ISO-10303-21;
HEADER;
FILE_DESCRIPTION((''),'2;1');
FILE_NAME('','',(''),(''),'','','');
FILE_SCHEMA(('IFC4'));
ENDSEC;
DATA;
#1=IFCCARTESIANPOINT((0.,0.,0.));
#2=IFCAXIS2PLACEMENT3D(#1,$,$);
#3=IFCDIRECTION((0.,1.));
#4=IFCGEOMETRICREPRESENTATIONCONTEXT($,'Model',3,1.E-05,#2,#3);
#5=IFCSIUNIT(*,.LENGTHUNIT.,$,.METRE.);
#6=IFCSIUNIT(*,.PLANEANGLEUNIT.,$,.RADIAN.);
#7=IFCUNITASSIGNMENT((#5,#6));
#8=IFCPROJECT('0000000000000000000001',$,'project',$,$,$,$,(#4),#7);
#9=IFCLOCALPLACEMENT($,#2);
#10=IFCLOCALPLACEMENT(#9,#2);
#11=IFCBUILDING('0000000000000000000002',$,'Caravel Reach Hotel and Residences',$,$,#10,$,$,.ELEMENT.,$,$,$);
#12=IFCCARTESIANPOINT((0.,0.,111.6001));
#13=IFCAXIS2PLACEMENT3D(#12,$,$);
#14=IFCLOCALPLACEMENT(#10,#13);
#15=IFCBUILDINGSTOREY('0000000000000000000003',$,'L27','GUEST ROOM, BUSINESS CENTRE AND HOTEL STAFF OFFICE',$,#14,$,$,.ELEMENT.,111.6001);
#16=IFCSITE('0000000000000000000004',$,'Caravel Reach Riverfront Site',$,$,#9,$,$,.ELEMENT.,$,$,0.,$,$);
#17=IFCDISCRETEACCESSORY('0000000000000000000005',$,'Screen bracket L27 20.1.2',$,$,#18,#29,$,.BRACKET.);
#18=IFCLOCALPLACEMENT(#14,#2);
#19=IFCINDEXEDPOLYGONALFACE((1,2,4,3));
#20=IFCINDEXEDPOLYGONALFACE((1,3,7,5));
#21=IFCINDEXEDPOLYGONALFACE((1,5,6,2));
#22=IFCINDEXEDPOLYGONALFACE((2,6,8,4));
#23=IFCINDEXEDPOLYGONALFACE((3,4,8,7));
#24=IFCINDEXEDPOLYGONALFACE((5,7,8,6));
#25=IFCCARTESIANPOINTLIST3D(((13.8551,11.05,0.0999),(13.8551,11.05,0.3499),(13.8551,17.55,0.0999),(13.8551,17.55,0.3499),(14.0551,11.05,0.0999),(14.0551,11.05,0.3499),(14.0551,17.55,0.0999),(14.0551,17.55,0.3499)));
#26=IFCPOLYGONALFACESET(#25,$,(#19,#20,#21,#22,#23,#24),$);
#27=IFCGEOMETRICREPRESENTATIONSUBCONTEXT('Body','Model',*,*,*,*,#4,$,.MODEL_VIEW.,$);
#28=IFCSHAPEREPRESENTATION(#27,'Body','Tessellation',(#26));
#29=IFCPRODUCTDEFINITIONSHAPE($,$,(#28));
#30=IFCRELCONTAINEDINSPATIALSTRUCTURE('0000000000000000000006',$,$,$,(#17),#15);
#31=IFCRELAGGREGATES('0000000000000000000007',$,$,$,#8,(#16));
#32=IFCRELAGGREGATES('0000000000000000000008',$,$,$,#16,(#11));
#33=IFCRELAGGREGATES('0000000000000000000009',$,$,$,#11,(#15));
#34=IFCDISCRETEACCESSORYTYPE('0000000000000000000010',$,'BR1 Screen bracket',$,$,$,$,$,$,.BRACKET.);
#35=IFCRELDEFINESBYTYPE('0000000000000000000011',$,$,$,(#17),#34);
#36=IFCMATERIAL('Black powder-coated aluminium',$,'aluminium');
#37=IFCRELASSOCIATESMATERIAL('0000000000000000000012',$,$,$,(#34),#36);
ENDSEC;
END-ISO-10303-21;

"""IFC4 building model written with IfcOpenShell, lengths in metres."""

from ifc_helpers import new_model, si_unit, direction, frame, origin, origin_2d, place, context, subcontext, project, spatial, rectangle, extrude, material, type_object, element, save


model = new_model("IFC4")

# Units and contexts
model_context = context("Model", 3, precision=1e-05, world=origin(), true_north=direction((0.0, 1.0)))
body_context = subcontext(model_context, "Body", "Model", "MODEL_VIEW")
ifc_project = project(units=[si_unit("LENGTHUNIT", "METRE"), si_unit("PLANEANGLEUNIT", "RADIAN")], contexts=[model_context])

# Site, building, storey
site_placement = place(None, origin())
site = spatial("IfcSite", under=ifc_project, at=site_placement, Name="Caravel Reach Riverfront Site", CompositionType="ELEMENT", RefElevation=0.0)
building_placement = place(site_placement, origin())
building = spatial("IfcBuilding", under=site, at=building_placement, Name="Caravel Reach Hotel and Residences", CompositionType="ELEMENT")
storey_placement = place(building_placement, frame((0.0, 0.0, 111.6001)))
storey = spatial("IfcBuildingStorey", under=building, at=storey_placement, Name="L27", Description="GUEST ROOM, BUSINESS CENTRE AND HOTEL STAFF OFFICE", CompositionType="ELEMENT", Elevation=111.6001)

# Discrete accessory
ifc_material_1 = material(Name="Black powder-coated aluminium", Category="aluminium")
discrete_accessory_type = type_object("IfcDiscreteAccessoryType", Name="BR1 Screen bracket", PredefinedType="BRACKET", material=ifc_material_1)
discrete_accessory_1_placement = place(storey_placement, frame((13.9551, 14.3, 0.0999), z_axis=(0.0, 0.0, 1.0), x_axis=(0.0, -1.0, 0.0)))
element("IfcDiscreteAccessory", 1, at=discrete_accessory_1_placement, inside=storey, type_object=discrete_accessory_type, Name="Screen bracket L27 20.1.2", PredefinedType="BRACKET", context=body_context, shape_type="SweptSolid", body=[
    extrude(rectangle(XDim=6.5, YDim=0.2, at=origin_2d()), origin(), (0.0, 0.0, 1.0), 0.25),
])

save(model, "model.ifc")
